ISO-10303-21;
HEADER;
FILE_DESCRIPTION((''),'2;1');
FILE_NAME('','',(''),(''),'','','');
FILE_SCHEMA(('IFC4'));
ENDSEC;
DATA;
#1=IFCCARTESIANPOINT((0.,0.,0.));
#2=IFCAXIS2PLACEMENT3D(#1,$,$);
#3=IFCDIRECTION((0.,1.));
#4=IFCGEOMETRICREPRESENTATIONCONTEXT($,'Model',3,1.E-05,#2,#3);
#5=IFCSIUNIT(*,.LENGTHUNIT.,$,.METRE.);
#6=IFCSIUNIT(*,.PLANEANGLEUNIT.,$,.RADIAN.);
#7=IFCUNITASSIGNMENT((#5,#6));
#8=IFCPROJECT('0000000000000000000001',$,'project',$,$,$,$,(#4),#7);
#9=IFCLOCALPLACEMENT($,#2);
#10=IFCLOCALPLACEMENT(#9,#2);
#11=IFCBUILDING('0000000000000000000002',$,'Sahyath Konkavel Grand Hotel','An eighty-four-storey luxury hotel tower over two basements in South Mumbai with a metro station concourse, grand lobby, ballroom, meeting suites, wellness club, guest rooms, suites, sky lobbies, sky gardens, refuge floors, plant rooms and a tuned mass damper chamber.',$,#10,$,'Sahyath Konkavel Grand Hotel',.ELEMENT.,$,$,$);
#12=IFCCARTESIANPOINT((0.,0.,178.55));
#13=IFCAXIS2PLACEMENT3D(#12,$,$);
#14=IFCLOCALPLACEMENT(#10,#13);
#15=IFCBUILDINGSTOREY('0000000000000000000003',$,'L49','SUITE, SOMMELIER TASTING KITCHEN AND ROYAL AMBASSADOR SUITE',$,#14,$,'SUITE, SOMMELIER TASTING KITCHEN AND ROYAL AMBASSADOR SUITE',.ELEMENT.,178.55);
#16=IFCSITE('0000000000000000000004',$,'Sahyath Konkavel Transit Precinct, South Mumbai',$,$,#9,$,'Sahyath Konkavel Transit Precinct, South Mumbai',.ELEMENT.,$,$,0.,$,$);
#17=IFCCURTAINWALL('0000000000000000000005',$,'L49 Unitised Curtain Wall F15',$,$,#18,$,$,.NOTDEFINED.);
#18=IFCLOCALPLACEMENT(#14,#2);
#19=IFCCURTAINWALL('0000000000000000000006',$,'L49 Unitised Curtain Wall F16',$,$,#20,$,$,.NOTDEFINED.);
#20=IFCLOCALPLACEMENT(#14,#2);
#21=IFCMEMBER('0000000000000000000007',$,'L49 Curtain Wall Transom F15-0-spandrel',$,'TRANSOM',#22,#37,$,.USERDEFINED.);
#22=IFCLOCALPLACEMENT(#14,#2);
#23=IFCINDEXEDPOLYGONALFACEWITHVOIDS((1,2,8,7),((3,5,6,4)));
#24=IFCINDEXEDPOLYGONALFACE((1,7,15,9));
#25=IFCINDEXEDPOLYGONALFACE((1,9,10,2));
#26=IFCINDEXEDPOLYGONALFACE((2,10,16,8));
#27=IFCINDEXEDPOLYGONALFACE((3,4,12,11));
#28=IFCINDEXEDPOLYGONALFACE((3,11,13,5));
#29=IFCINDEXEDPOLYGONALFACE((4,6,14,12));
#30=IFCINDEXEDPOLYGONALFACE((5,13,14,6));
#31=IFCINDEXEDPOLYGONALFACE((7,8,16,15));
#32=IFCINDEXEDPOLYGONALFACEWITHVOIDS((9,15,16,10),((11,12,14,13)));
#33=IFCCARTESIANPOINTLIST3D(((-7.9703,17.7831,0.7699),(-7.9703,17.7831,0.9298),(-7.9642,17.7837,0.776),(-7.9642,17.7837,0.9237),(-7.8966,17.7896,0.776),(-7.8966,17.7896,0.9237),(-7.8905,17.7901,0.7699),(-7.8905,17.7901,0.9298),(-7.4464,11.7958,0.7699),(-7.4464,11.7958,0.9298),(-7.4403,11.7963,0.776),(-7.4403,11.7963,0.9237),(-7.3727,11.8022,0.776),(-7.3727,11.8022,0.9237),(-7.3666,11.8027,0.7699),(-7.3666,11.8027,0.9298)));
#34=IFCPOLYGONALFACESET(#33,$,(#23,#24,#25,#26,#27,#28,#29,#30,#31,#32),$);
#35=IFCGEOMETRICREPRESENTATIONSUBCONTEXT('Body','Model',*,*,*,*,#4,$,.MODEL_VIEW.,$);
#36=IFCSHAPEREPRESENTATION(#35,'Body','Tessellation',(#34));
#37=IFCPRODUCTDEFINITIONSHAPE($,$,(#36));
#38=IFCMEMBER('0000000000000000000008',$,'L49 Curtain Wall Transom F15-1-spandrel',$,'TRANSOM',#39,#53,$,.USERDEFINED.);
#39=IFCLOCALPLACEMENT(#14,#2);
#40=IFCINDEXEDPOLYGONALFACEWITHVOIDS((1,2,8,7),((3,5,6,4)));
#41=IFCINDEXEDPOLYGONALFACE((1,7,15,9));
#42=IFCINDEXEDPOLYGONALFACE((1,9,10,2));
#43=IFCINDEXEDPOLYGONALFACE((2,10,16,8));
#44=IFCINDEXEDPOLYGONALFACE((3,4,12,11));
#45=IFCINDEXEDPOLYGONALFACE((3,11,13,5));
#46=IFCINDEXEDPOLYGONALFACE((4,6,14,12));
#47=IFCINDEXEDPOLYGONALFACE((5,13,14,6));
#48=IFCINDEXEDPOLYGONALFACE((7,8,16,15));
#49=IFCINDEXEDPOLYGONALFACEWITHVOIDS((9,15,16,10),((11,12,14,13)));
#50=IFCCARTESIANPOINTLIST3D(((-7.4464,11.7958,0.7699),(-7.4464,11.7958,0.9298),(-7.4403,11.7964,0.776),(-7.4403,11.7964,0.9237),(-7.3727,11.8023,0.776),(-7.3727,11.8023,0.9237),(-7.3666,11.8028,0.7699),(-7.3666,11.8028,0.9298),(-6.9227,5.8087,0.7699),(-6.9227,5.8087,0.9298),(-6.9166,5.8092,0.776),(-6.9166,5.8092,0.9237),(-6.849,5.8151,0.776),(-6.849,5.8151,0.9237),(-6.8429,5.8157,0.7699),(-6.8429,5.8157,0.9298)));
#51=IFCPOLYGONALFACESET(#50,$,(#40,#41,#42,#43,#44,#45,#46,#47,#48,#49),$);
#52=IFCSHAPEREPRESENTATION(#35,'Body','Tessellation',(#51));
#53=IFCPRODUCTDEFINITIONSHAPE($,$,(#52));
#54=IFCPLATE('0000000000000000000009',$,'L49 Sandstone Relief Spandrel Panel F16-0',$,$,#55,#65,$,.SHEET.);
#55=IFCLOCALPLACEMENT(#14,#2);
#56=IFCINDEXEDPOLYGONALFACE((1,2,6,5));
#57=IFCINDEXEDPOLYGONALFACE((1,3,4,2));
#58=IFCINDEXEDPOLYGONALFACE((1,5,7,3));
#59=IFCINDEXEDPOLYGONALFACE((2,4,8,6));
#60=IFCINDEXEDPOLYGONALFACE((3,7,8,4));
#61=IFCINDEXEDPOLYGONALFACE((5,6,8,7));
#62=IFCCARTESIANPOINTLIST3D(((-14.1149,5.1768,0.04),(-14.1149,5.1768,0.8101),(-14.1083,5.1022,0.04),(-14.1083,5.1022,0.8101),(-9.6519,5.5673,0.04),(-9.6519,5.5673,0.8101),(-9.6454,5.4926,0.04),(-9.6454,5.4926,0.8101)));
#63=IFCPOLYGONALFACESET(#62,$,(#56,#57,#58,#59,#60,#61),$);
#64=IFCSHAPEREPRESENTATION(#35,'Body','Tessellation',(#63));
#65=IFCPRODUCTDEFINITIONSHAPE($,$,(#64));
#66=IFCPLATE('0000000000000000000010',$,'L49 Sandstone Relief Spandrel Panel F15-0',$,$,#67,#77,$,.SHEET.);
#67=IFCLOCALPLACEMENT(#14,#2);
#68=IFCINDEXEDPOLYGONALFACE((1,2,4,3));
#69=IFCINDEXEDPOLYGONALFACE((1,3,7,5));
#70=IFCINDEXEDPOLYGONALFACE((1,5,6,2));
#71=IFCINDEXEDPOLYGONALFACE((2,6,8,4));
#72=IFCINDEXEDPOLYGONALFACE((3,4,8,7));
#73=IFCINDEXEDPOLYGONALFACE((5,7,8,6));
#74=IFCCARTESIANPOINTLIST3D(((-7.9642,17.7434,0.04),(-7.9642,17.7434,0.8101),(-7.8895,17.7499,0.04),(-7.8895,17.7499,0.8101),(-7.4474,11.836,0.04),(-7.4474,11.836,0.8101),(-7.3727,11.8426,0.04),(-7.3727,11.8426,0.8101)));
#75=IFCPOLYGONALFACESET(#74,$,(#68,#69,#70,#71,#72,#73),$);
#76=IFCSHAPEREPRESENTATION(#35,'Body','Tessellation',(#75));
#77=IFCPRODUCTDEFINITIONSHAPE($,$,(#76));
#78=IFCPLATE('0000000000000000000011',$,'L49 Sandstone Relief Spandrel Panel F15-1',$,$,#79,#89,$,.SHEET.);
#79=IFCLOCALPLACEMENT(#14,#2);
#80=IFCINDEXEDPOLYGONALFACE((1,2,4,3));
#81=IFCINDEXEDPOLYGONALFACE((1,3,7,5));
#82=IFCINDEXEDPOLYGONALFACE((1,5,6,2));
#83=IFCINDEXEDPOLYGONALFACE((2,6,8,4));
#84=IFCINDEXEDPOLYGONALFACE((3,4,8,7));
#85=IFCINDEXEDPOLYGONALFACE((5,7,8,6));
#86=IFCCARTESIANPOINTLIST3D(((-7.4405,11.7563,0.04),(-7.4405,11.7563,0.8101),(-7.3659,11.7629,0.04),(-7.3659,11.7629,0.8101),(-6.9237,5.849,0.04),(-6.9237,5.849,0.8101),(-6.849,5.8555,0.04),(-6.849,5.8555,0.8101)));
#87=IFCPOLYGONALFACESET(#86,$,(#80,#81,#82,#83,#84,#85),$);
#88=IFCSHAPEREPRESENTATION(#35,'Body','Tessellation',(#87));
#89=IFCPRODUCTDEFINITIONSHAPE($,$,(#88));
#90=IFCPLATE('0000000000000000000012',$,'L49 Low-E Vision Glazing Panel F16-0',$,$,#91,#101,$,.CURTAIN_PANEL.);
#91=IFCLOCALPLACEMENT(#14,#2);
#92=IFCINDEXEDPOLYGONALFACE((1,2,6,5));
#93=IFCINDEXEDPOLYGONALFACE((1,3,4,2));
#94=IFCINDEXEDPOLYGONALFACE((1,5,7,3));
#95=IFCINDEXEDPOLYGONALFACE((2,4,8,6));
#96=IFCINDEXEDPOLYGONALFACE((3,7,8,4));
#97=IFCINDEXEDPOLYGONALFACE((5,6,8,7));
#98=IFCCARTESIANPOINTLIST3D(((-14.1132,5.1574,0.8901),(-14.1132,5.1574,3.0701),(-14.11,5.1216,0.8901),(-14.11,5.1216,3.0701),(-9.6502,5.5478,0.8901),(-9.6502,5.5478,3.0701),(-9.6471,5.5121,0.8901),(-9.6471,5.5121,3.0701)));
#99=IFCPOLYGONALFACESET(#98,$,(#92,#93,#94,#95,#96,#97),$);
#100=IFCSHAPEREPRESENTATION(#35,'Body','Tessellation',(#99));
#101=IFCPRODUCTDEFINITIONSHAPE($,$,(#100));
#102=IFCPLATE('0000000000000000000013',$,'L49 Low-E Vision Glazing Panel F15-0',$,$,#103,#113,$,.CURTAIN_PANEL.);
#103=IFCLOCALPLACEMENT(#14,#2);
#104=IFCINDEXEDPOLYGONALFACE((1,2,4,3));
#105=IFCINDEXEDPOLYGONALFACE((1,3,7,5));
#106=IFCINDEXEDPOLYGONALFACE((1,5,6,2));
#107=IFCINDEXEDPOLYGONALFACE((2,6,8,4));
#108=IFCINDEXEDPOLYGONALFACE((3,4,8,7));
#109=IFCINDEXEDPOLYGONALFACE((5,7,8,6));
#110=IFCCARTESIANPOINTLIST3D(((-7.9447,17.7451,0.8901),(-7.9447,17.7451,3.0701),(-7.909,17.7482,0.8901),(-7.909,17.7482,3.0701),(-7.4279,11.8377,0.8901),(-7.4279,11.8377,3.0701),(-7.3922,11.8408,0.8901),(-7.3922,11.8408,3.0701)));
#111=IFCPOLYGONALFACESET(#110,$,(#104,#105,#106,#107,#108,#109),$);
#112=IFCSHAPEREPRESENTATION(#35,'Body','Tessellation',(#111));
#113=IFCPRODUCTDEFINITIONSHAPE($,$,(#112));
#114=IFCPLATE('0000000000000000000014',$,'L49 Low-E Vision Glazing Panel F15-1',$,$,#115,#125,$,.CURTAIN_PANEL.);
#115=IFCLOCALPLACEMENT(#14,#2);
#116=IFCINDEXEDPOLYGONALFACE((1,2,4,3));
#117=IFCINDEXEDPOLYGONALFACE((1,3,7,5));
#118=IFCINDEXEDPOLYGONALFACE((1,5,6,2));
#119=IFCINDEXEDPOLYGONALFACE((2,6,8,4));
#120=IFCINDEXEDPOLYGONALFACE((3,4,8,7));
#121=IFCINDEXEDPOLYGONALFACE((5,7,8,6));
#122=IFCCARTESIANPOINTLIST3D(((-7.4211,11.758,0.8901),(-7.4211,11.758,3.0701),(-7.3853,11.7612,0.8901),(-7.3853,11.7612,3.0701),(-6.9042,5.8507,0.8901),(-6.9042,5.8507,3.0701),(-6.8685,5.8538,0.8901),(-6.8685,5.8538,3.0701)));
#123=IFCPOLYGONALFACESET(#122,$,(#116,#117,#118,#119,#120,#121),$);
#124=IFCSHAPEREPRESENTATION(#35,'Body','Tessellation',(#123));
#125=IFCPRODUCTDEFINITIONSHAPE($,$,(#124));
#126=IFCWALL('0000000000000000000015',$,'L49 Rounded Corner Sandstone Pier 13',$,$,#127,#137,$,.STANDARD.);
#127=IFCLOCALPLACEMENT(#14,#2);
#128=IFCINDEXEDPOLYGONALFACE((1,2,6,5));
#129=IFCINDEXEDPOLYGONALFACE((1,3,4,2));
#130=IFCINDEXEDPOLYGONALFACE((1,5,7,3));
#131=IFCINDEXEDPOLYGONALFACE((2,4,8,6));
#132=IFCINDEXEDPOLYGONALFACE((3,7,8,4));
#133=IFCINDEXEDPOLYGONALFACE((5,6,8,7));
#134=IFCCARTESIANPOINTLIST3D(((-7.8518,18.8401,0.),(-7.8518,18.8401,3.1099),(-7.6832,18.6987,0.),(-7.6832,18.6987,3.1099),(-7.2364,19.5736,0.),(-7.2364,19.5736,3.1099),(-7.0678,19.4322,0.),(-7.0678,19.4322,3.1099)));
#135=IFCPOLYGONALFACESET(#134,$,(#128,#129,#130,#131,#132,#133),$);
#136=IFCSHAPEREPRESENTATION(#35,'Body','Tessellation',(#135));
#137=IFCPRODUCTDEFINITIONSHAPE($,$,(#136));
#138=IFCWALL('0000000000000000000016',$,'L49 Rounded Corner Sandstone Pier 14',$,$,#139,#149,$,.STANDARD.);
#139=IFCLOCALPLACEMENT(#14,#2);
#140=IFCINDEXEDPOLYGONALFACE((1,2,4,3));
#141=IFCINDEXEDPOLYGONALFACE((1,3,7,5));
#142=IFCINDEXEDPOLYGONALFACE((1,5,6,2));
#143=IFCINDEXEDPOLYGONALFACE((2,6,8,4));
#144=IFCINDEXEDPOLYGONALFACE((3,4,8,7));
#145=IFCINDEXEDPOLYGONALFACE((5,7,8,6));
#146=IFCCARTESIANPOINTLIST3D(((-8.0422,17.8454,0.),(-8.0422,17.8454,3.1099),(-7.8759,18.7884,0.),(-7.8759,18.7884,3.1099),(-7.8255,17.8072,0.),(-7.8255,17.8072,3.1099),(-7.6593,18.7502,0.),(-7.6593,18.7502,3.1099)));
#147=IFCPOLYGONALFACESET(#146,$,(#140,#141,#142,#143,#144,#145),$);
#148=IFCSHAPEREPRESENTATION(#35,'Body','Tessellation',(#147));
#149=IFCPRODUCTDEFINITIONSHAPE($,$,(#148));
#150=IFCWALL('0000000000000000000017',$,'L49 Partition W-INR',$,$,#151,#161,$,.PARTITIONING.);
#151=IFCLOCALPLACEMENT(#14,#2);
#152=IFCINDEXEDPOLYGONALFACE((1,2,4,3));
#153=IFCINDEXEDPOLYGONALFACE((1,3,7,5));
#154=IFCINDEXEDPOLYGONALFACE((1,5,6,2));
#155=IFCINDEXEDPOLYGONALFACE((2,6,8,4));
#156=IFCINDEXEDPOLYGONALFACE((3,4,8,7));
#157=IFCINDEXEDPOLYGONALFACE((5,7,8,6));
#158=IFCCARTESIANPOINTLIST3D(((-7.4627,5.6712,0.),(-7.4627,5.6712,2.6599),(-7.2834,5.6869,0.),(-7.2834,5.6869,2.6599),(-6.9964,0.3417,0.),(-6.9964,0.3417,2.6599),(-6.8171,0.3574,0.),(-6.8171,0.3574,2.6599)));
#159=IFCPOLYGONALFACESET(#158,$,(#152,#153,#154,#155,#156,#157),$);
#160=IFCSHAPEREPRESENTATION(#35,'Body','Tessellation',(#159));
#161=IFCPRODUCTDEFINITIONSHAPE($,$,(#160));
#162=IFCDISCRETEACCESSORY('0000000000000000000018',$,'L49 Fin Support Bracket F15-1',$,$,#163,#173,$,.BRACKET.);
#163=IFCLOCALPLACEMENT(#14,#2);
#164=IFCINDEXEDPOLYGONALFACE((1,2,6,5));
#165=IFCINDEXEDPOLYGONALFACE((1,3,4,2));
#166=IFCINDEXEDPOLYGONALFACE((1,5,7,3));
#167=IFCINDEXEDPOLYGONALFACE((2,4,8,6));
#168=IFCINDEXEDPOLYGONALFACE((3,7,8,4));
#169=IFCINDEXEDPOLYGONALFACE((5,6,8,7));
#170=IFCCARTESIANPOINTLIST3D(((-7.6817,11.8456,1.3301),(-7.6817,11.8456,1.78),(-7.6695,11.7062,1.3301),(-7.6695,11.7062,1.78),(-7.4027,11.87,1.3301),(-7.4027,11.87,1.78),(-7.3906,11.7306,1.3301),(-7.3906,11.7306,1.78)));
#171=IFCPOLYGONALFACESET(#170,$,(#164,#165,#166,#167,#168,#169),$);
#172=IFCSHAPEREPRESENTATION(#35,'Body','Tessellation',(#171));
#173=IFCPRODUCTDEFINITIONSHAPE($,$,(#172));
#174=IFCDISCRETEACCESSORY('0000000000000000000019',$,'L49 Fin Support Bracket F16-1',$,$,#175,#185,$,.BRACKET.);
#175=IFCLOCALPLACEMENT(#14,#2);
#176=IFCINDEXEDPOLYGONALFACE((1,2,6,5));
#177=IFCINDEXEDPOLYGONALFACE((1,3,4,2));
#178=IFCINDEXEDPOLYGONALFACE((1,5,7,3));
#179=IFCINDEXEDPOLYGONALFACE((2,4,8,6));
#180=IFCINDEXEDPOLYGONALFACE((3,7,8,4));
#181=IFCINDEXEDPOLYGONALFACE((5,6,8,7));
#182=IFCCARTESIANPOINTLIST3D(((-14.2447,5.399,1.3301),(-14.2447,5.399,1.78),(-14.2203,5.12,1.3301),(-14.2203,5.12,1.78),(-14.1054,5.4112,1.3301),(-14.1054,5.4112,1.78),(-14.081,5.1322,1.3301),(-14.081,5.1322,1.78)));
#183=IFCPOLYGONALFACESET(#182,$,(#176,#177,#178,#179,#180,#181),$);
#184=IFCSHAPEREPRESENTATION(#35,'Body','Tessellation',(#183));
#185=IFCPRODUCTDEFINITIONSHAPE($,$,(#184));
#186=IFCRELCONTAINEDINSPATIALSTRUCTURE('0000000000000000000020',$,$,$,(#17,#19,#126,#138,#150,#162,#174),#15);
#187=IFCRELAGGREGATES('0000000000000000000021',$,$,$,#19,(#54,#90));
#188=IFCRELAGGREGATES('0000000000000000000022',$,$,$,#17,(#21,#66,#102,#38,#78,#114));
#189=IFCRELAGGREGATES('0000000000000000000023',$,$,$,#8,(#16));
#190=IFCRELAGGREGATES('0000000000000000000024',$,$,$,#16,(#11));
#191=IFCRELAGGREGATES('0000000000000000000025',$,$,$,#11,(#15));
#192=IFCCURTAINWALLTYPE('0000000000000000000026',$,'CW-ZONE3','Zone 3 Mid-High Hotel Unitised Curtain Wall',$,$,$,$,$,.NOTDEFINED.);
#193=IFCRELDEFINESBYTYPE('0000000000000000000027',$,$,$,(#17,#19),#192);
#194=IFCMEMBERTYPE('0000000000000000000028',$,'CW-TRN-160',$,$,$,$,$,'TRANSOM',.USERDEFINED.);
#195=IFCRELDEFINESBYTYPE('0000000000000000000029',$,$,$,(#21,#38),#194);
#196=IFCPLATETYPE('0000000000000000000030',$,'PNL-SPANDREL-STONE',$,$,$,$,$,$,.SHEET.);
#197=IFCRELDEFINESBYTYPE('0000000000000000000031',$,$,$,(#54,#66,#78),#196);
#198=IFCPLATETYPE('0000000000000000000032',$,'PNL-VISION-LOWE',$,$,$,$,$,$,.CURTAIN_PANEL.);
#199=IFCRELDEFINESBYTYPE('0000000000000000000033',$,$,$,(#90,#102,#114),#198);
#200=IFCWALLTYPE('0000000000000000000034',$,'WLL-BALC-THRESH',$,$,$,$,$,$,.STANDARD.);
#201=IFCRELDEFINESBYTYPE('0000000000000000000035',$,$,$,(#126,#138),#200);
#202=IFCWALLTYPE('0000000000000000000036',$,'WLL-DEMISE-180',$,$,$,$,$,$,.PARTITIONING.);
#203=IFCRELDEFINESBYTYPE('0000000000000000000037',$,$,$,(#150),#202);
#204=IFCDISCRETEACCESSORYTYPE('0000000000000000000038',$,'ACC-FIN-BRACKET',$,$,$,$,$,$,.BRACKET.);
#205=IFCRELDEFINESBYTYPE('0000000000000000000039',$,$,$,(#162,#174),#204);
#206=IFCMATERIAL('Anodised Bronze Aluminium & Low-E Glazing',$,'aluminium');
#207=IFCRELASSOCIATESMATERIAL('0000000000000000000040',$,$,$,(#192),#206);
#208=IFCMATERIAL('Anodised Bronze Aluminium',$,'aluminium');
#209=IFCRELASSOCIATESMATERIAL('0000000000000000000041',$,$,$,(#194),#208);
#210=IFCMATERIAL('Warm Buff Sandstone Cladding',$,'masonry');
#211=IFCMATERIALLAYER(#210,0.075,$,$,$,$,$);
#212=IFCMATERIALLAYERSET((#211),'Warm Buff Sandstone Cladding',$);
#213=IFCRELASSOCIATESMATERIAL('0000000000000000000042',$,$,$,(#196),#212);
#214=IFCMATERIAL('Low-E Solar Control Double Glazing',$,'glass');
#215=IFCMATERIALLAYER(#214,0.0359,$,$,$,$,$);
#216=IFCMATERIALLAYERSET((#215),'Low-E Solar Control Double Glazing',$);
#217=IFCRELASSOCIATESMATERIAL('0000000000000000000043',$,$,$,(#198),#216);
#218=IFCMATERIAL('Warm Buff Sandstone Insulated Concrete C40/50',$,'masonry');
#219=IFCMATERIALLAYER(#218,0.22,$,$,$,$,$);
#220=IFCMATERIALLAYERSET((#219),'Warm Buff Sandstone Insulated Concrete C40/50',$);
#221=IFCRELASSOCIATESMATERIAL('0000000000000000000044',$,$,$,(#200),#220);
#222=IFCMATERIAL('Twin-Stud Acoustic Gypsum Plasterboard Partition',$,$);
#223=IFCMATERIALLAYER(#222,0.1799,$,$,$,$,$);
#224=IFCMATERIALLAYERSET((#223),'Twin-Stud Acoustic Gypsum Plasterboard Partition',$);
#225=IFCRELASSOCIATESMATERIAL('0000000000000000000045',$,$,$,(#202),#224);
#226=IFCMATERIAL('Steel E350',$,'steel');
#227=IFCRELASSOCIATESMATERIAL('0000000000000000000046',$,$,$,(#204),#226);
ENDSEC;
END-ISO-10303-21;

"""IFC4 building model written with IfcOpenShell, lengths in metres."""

from ifc_helpers import new_model, si_unit, direction, frame, frame_2d, origin, origin_2d, place, context, subcontext, project, spatial, rectangle, hollow_rectangle, extrude, source, transform, mapped, material, layer, layer_set, material_profile, profile_set, type_object, element, aggregate, save


model = new_model("IFC4")

# Units and contexts
model_context = context("Model", 3, precision=1e-05, world=origin(), true_north=direction((0.0, 1.0)))
body_context = subcontext(model_context, "Body", "Model", "MODEL_VIEW")
ifc_project = project(units=[si_unit("LENGTHUNIT", "METRE"), si_unit("PLANEANGLEUNIT", "RADIAN")], contexts=[model_context])

# Site, building, storey
site_placement = place(None, origin())
site = spatial("IfcSite", under=ifc_project, at=site_placement, Name="Sahyath Konkavel Transit Precinct, South Mumbai", LongName="Sahyath Konkavel Transit Precinct, South Mumbai", CompositionType="ELEMENT", RefElevation=0.0)
building_placement = place(site_placement, origin())
building = spatial("IfcBuilding", under=site, at=building_placement, Name="Sahyath Konkavel Grand Hotel", Description="An eighty-four-storey luxury hotel tower over two basements in South Mumbai with a metro station concourse, grand lobby, ballroom, meeting suites, wellness club, guest rooms, suites, sky lobbies, sky gardens, refuge floors, plant rooms and a tuned mass damper chamber.", LongName="Sahyath Konkavel Grand Hotel", CompositionType="ELEMENT")
storey_placement = place(building_placement, frame((0.0, 0.0, 178.55)))
storey = spatial("IfcBuildingStorey", under=building, at=storey_placement, Name="L49", Description="SUITE, SOMMELIER TASTING KITCHEN AND ROYAL AMBASSADOR SUITE", LongName="SUITE, SOMMELIER TASTING KITCHEN AND ROYAL AMBASSADOR SUITE", CompositionType="ELEMENT", Elevation=178.55)

# Shared definitions
ifc_material_1 = material(Name="Steel E350", Category="steel")

# Shared definitions
ifc_material_2 = material(Name="Anodised Bronze Aluminium & Low-E Glazing", Category="aluminium")
curtain_wall_type = type_object("IfcCurtainWallType", Name="CW-ZONE3", Description="Zone 3 Mid-High Hotel Unitised Curtain Wall", PredefinedType="NOTDEFINED", material=ifc_material_2)
ifc_material_3 = material(Name="Anodised Bronze Aluminium", Category="aluminium")

# Curtain wall
curtain_wall_1_placement = place(storey_placement, origin())
curtain_wall_1 = element("IfcCurtainWall", 1, at=curtain_wall_1_placement, inside=storey, type_object=curtain_wall_type, Name="L49 Unitised Curtain Wall F15", PredefinedType="NOTDEFINED")

# Curtain wall
curtain_wall_2_placement = place(storey_placement, origin())
curtain_wall_2 = element("IfcCurtainWall", 2, at=curtain_wall_2_placement, inside=storey, type_object=curtain_wall_type, Name="L49 Unitised Curtain Wall F16", PredefinedType="NOTDEFINED")

# Members
ifc_material_profile_1 = material_profile(ifc_material_3, hollow_rectangle(XDim=0.0801, YDim=0.1599, WallThickness=0.0061, at=origin_2d()), Name="RHS 160x80x6")
ifc_profile_set_1 = profile_set([ifc_material_profile_1], Name="Anodised Bronze Aluminium")
member_type_1 = type_object("IfcMemberType", Name="CW-TRN-160", ElementType="TRANSOM", PredefinedType="USERDEFINED", material=ifc_profile_set_1)
shared_shape_1 = source(origin(), body_context, "Body", "SweptSolid", [
    extrude(hollow_rectangle(XDim=0.0801, YDim=0.1599, WallThickness=0.0061, at=origin_2d()), origin(), (0.0, 0.0, 1.0), 6.0103),
])
member_1_placement = place(storey_placement, frame((-7.9304, 17.7866, 0.8499), z_axis=(0.087173, -0.996193, 0.0), x_axis=(0.996193, 0.087173, 0.0)))
member_1 = element("IfcMember", 3, at=member_1_placement, type_object=member_type_1, Name="L49 Curtain Wall Transom F15-0-spandrel", ObjectType="TRANSOM", PredefinedType="USERDEFINED", context=body_context, shape_type="MappedRepresentation", body=[
    mapped(shared_shape_1, transform((0.0, 0.0, 0.0), scale=1.0)),
])
shared_shape_2 = source(origin(), body_context, "Body", "SweptSolid", [
    extrude(hollow_rectangle(XDim=0.0801, YDim=0.1599, WallThickness=0.0061, at=origin_2d()), origin(), (0.0, 0.0, 1.0), 6.01),
])
member_2_placement = place(storey_placement, frame((-7.4065, 11.7993, 0.8499), z_axis=(0.087136, -0.996196, 0.0), x_axis=(0.996196, 0.087136, 0.0)))
member_2 = element("IfcMember", 4, at=member_2_placement, type_object=member_type_1, Name="L49 Curtain Wall Transom F15-1-spandrel", ObjectType="TRANSOM", PredefinedType="USERDEFINED", context=body_context, shape_type="MappedRepresentation", body=[
    mapped(shared_shape_2, transform((0.0, 0.0, 0.0), scale=1.0)),
])

# Plates
ifc_material_4 = material(Name="Warm Buff Sandstone Cladding", Category="masonry")
ifc_layer_1 = layer(ifc_material_4, 0.075)
ifc_layer_set_1 = layer_set([ifc_layer_1], Name="Warm Buff Sandstone Cladding")
plate_type_1 = type_object("IfcPlateType", Name="PNL-SPANDREL-STONE", PredefinedType="SHEET", material=ifc_layer_set_1)
shared_shape_3 = source(origin(), body_context, "Body", "SweptSolid", [
    extrude(rectangle(XDim=4.48, YDim=0.075, at=origin_2d()), origin(), (0.0, 0.0, 1.0), 0.77),
])
plate_1_placement = place(storey_placement, frame((-11.8801, 5.3347, 0.04), z_axis=(0.0, 0.0, 1.0), x_axis=(-0.996195, -0.087156, 0.0)))
plate_1 = element("IfcPlate", 5, at=plate_1_placement, type_object=plate_type_1, Name="L49 Sandstone Relief Spandrel Panel F16-0", PredefinedType="SHEET", context=body_context, shape_type="MappedRepresentation", body=[
    mapped(shared_shape_3, transform((0.0, 0.0, 0.0), scale=1.0)),
])
shared_shape_4 = source(origin(), body_context, "Body", "SweptSolid", [
    extrude(rectangle(XDim=5.9299, YDim=0.075, at=origin_2d()), origin(), (0.0, 0.0, 1.0), 0.77),
])
plate_2_placement = place(storey_placement, frame((-7.6685, 14.793, 0.04), z_axis=(0.0, 0.0, 1.0), x_axis=(0.087156, -0.996195, 0.0)))
plate_2 = element("IfcPlate", 6, at=plate_2_placement, type_object=plate_type_1, Name="L49 Sandstone Relief Spandrel Panel F15-0", PredefinedType="SHEET", context=body_context, shape_type="MappedRepresentation", body=[
    mapped(shared_shape_4, transform((0.0, 0.0, 0.0), scale=1.0)),
])
plate_3_placement = place(storey_placement, frame((-7.1448, 8.8059, 0.04), z_axis=(0.0, 0.0, 1.0), x_axis=(0.087156, -0.996195, 0.0)))
plate_3 = element("IfcPlate", 7, at=plate_3_placement, type_object=plate_type_1, Name="L49 Sandstone Relief Spandrel Panel F15-1", PredefinedType="SHEET", context=body_context, shape_type="MappedRepresentation", body=[
    mapped(shared_shape_4, transform((0.0, 0.0, 0.0), scale=1.0)),
])
ifc_material_5 = material(Name="Low-E Solar Control Double Glazing", Category="glass")
ifc_layer_2 = layer(ifc_material_5, 0.0359)
ifc_layer_set_2 = layer_set([ifc_layer_2], Name="Low-E Solar Control Double Glazing")
plate_type_2 = type_object("IfcPlateType", Name="PNL-VISION-LOWE", PredefinedType="CURTAIN_PANEL", material=ifc_layer_set_2)
shared_shape_5 = source(origin(), body_context, "Body", "SweptSolid", [
    extrude(rectangle(XDim=4.48, YDim=0.0359, at=origin_2d()), origin(), (0.0, 0.0, 1.0), 2.1799),
])
plate_4_placement = place(storey_placement, frame((-11.8801, 5.3347, 0.8901), z_axis=(0.0, 0.0, 1.0), x_axis=(-0.996195, -0.087156, 0.0)))
plate_4 = element("IfcPlate", 8, at=plate_4_placement, type_object=plate_type_2, Name="L49 Low-E Vision Glazing Panel F16-0", PredefinedType="CURTAIN_PANEL", context=body_context, shape_type="MappedRepresentation", body=[
    mapped(shared_shape_5, transform((0.0, 0.0, 0.0), scale=1.0)),
])
aggregate(curtain_wall_2, [plate_1, plate_4])
shared_shape_6 = source(origin(), body_context, "Body", "SweptSolid", [
    extrude(rectangle(XDim=5.9299, YDim=0.0359, at=origin_2d()), origin(), (0.0, 0.0, 1.0), 2.1799),
])
plate_5_placement = place(storey_placement, frame((-7.6685, 14.793, 0.8901), z_axis=(0.0, 0.0, 1.0), x_axis=(0.087156, -0.996195, 0.0)))
plate_5 = element("IfcPlate", 9, at=plate_5_placement, type_object=plate_type_2, Name="L49 Low-E Vision Glazing Panel F15-0", PredefinedType="CURTAIN_PANEL", context=body_context, shape_type="MappedRepresentation", body=[
    mapped(shared_shape_6, transform((0.0, 0.0, 0.0), scale=1.0)),
])
plate_6_placement = place(storey_placement, frame((-7.1448, 8.8059, 0.8901), z_axis=(0.0, 0.0, 1.0), x_axis=(0.087156, -0.996195, 0.0)))
plate_6 = element("IfcPlate", 10, at=plate_6_placement, type_object=plate_type_2, Name="L49 Low-E Vision Glazing Panel F15-1", PredefinedType="CURTAIN_PANEL", context=body_context, shape_type="MappedRepresentation", body=[
    mapped(shared_shape_6, transform((0.0, 0.0, 0.0), scale=1.0)),
])
aggregate(curtain_wall_1, [member_1, plate_2, plate_5, member_2, plate_3, plate_6])

# Walls
ifc_material_6 = material(Name="Warm Buff Sandstone Insulated Concrete C40/50", Category="masonry")
ifc_layer_3 = layer(ifc_material_6, 0.22)
ifc_layer_set_3 = layer_set([ifc_layer_3], Name="Warm Buff Sandstone Insulated Concrete C40/50")
wall_type_1 = type_object("IfcWallType", Name="WLL-BALC-THRESH", PredefinedType="STANDARD", material=ifc_layer_set_3)
for number, where, z_axis, x_axis, name in (
    (11, (-7.1521, 19.5029, 0.0), (0.0, 0.0, 1.0), (-0.642714, -0.766107, 0.0), "L49 Rounded Corner Sandstone Pier 13"),
    (12, (-7.7676, 18.7693, 0.0), (0.0, 0.0, 1.0), (-0.173654, -0.984807, 0.0), "L49 Rounded Corner Sandstone Pier 14"),
):
    element("IfcWall", number, at=place(storey_placement, frame(where, z_axis=z_axis, x_axis=x_axis)), inside=storey, type_object=wall_type_1, Name=name, PredefinedType="STANDARD", context=body_context, shape_type="SweptSolid", body=[
        extrude(rectangle(XDim=0.9575, YDim=0.22, at=frame_2d((0.4788, 0.0))), origin(), (0.0, 0.0, 1.0), 3.1099),
    ])
ifc_material_7 = material(Name="Twin-Stud Acoustic Gypsum Plasterboard Partition")
ifc_layer_4 = layer(ifc_material_7, 0.1799)
ifc_layer_set_4 = layer_set([ifc_layer_4], Name="Twin-Stud Acoustic Gypsum Plasterboard Partition")
wall_type_2 = type_object("IfcWallType", Name="WLL-DEMISE-180", PredefinedType="PARTITIONING", material=ifc_layer_set_4)
wall_placement = place(storey_placement, frame((-7.373, 5.679, 0.0), z_axis=(0.0, 0.0, 1.0), x_axis=(0.087161, -0.996194, 0.0)))
element("IfcWall", 13, at=wall_placement, inside=storey, type_object=wall_type_2, Name="L49 Partition W-INR", PredefinedType="PARTITIONING", context=body_context, shape_type="SweptSolid", body=[
    extrude(rectangle(XDim=5.3499, YDim=0.1799, at=frame_2d((2.6748, 0.0))), origin(), (0.0, 0.0, 1.0), 2.6599),
])

# Discrete accessories
discrete_accessory_type = type_object("IfcDiscreteAccessoryType", Name="ACC-FIN-BRACKET", PredefinedType="BRACKET", material=ifc_material_1)
shared_shape_7 = source(origin(), body_context, "Body", "SweptSolid", [
    extrude(rectangle(XDim=0.28, YDim=0.1399, at=origin_2d()), origin(), (0.0, 0.0, 1.0), 0.45),
])
for number, where, z_axis, x_axis, name in (
    (14, (-7.5361, 11.7881, 1.3301), (0.0, 0.0, 1.0), (-0.996195, -0.087156, 0.0), "L49 Fin Support Bracket F15-1"),
    (15, (-14.1628, 5.2656, 1.3301), (0.0, 0.0, 1.0), (-0.087156, 0.996195, 0.0), "L49 Fin Support Bracket F16-1"),
):
    element("IfcDiscreteAccessory", number, at=place(storey_placement, frame(where, z_axis=z_axis, x_axis=x_axis)), inside=storey, type_object=discrete_accessory_type, Name=name, PredefinedType="BRACKET", context=body_context, shape_type="MappedRepresentation", body=[
        mapped(shared_shape_7, transform((0.0, 0.0, 0.0), scale=1.0)),
    ])

save(model, "model.ifc")
